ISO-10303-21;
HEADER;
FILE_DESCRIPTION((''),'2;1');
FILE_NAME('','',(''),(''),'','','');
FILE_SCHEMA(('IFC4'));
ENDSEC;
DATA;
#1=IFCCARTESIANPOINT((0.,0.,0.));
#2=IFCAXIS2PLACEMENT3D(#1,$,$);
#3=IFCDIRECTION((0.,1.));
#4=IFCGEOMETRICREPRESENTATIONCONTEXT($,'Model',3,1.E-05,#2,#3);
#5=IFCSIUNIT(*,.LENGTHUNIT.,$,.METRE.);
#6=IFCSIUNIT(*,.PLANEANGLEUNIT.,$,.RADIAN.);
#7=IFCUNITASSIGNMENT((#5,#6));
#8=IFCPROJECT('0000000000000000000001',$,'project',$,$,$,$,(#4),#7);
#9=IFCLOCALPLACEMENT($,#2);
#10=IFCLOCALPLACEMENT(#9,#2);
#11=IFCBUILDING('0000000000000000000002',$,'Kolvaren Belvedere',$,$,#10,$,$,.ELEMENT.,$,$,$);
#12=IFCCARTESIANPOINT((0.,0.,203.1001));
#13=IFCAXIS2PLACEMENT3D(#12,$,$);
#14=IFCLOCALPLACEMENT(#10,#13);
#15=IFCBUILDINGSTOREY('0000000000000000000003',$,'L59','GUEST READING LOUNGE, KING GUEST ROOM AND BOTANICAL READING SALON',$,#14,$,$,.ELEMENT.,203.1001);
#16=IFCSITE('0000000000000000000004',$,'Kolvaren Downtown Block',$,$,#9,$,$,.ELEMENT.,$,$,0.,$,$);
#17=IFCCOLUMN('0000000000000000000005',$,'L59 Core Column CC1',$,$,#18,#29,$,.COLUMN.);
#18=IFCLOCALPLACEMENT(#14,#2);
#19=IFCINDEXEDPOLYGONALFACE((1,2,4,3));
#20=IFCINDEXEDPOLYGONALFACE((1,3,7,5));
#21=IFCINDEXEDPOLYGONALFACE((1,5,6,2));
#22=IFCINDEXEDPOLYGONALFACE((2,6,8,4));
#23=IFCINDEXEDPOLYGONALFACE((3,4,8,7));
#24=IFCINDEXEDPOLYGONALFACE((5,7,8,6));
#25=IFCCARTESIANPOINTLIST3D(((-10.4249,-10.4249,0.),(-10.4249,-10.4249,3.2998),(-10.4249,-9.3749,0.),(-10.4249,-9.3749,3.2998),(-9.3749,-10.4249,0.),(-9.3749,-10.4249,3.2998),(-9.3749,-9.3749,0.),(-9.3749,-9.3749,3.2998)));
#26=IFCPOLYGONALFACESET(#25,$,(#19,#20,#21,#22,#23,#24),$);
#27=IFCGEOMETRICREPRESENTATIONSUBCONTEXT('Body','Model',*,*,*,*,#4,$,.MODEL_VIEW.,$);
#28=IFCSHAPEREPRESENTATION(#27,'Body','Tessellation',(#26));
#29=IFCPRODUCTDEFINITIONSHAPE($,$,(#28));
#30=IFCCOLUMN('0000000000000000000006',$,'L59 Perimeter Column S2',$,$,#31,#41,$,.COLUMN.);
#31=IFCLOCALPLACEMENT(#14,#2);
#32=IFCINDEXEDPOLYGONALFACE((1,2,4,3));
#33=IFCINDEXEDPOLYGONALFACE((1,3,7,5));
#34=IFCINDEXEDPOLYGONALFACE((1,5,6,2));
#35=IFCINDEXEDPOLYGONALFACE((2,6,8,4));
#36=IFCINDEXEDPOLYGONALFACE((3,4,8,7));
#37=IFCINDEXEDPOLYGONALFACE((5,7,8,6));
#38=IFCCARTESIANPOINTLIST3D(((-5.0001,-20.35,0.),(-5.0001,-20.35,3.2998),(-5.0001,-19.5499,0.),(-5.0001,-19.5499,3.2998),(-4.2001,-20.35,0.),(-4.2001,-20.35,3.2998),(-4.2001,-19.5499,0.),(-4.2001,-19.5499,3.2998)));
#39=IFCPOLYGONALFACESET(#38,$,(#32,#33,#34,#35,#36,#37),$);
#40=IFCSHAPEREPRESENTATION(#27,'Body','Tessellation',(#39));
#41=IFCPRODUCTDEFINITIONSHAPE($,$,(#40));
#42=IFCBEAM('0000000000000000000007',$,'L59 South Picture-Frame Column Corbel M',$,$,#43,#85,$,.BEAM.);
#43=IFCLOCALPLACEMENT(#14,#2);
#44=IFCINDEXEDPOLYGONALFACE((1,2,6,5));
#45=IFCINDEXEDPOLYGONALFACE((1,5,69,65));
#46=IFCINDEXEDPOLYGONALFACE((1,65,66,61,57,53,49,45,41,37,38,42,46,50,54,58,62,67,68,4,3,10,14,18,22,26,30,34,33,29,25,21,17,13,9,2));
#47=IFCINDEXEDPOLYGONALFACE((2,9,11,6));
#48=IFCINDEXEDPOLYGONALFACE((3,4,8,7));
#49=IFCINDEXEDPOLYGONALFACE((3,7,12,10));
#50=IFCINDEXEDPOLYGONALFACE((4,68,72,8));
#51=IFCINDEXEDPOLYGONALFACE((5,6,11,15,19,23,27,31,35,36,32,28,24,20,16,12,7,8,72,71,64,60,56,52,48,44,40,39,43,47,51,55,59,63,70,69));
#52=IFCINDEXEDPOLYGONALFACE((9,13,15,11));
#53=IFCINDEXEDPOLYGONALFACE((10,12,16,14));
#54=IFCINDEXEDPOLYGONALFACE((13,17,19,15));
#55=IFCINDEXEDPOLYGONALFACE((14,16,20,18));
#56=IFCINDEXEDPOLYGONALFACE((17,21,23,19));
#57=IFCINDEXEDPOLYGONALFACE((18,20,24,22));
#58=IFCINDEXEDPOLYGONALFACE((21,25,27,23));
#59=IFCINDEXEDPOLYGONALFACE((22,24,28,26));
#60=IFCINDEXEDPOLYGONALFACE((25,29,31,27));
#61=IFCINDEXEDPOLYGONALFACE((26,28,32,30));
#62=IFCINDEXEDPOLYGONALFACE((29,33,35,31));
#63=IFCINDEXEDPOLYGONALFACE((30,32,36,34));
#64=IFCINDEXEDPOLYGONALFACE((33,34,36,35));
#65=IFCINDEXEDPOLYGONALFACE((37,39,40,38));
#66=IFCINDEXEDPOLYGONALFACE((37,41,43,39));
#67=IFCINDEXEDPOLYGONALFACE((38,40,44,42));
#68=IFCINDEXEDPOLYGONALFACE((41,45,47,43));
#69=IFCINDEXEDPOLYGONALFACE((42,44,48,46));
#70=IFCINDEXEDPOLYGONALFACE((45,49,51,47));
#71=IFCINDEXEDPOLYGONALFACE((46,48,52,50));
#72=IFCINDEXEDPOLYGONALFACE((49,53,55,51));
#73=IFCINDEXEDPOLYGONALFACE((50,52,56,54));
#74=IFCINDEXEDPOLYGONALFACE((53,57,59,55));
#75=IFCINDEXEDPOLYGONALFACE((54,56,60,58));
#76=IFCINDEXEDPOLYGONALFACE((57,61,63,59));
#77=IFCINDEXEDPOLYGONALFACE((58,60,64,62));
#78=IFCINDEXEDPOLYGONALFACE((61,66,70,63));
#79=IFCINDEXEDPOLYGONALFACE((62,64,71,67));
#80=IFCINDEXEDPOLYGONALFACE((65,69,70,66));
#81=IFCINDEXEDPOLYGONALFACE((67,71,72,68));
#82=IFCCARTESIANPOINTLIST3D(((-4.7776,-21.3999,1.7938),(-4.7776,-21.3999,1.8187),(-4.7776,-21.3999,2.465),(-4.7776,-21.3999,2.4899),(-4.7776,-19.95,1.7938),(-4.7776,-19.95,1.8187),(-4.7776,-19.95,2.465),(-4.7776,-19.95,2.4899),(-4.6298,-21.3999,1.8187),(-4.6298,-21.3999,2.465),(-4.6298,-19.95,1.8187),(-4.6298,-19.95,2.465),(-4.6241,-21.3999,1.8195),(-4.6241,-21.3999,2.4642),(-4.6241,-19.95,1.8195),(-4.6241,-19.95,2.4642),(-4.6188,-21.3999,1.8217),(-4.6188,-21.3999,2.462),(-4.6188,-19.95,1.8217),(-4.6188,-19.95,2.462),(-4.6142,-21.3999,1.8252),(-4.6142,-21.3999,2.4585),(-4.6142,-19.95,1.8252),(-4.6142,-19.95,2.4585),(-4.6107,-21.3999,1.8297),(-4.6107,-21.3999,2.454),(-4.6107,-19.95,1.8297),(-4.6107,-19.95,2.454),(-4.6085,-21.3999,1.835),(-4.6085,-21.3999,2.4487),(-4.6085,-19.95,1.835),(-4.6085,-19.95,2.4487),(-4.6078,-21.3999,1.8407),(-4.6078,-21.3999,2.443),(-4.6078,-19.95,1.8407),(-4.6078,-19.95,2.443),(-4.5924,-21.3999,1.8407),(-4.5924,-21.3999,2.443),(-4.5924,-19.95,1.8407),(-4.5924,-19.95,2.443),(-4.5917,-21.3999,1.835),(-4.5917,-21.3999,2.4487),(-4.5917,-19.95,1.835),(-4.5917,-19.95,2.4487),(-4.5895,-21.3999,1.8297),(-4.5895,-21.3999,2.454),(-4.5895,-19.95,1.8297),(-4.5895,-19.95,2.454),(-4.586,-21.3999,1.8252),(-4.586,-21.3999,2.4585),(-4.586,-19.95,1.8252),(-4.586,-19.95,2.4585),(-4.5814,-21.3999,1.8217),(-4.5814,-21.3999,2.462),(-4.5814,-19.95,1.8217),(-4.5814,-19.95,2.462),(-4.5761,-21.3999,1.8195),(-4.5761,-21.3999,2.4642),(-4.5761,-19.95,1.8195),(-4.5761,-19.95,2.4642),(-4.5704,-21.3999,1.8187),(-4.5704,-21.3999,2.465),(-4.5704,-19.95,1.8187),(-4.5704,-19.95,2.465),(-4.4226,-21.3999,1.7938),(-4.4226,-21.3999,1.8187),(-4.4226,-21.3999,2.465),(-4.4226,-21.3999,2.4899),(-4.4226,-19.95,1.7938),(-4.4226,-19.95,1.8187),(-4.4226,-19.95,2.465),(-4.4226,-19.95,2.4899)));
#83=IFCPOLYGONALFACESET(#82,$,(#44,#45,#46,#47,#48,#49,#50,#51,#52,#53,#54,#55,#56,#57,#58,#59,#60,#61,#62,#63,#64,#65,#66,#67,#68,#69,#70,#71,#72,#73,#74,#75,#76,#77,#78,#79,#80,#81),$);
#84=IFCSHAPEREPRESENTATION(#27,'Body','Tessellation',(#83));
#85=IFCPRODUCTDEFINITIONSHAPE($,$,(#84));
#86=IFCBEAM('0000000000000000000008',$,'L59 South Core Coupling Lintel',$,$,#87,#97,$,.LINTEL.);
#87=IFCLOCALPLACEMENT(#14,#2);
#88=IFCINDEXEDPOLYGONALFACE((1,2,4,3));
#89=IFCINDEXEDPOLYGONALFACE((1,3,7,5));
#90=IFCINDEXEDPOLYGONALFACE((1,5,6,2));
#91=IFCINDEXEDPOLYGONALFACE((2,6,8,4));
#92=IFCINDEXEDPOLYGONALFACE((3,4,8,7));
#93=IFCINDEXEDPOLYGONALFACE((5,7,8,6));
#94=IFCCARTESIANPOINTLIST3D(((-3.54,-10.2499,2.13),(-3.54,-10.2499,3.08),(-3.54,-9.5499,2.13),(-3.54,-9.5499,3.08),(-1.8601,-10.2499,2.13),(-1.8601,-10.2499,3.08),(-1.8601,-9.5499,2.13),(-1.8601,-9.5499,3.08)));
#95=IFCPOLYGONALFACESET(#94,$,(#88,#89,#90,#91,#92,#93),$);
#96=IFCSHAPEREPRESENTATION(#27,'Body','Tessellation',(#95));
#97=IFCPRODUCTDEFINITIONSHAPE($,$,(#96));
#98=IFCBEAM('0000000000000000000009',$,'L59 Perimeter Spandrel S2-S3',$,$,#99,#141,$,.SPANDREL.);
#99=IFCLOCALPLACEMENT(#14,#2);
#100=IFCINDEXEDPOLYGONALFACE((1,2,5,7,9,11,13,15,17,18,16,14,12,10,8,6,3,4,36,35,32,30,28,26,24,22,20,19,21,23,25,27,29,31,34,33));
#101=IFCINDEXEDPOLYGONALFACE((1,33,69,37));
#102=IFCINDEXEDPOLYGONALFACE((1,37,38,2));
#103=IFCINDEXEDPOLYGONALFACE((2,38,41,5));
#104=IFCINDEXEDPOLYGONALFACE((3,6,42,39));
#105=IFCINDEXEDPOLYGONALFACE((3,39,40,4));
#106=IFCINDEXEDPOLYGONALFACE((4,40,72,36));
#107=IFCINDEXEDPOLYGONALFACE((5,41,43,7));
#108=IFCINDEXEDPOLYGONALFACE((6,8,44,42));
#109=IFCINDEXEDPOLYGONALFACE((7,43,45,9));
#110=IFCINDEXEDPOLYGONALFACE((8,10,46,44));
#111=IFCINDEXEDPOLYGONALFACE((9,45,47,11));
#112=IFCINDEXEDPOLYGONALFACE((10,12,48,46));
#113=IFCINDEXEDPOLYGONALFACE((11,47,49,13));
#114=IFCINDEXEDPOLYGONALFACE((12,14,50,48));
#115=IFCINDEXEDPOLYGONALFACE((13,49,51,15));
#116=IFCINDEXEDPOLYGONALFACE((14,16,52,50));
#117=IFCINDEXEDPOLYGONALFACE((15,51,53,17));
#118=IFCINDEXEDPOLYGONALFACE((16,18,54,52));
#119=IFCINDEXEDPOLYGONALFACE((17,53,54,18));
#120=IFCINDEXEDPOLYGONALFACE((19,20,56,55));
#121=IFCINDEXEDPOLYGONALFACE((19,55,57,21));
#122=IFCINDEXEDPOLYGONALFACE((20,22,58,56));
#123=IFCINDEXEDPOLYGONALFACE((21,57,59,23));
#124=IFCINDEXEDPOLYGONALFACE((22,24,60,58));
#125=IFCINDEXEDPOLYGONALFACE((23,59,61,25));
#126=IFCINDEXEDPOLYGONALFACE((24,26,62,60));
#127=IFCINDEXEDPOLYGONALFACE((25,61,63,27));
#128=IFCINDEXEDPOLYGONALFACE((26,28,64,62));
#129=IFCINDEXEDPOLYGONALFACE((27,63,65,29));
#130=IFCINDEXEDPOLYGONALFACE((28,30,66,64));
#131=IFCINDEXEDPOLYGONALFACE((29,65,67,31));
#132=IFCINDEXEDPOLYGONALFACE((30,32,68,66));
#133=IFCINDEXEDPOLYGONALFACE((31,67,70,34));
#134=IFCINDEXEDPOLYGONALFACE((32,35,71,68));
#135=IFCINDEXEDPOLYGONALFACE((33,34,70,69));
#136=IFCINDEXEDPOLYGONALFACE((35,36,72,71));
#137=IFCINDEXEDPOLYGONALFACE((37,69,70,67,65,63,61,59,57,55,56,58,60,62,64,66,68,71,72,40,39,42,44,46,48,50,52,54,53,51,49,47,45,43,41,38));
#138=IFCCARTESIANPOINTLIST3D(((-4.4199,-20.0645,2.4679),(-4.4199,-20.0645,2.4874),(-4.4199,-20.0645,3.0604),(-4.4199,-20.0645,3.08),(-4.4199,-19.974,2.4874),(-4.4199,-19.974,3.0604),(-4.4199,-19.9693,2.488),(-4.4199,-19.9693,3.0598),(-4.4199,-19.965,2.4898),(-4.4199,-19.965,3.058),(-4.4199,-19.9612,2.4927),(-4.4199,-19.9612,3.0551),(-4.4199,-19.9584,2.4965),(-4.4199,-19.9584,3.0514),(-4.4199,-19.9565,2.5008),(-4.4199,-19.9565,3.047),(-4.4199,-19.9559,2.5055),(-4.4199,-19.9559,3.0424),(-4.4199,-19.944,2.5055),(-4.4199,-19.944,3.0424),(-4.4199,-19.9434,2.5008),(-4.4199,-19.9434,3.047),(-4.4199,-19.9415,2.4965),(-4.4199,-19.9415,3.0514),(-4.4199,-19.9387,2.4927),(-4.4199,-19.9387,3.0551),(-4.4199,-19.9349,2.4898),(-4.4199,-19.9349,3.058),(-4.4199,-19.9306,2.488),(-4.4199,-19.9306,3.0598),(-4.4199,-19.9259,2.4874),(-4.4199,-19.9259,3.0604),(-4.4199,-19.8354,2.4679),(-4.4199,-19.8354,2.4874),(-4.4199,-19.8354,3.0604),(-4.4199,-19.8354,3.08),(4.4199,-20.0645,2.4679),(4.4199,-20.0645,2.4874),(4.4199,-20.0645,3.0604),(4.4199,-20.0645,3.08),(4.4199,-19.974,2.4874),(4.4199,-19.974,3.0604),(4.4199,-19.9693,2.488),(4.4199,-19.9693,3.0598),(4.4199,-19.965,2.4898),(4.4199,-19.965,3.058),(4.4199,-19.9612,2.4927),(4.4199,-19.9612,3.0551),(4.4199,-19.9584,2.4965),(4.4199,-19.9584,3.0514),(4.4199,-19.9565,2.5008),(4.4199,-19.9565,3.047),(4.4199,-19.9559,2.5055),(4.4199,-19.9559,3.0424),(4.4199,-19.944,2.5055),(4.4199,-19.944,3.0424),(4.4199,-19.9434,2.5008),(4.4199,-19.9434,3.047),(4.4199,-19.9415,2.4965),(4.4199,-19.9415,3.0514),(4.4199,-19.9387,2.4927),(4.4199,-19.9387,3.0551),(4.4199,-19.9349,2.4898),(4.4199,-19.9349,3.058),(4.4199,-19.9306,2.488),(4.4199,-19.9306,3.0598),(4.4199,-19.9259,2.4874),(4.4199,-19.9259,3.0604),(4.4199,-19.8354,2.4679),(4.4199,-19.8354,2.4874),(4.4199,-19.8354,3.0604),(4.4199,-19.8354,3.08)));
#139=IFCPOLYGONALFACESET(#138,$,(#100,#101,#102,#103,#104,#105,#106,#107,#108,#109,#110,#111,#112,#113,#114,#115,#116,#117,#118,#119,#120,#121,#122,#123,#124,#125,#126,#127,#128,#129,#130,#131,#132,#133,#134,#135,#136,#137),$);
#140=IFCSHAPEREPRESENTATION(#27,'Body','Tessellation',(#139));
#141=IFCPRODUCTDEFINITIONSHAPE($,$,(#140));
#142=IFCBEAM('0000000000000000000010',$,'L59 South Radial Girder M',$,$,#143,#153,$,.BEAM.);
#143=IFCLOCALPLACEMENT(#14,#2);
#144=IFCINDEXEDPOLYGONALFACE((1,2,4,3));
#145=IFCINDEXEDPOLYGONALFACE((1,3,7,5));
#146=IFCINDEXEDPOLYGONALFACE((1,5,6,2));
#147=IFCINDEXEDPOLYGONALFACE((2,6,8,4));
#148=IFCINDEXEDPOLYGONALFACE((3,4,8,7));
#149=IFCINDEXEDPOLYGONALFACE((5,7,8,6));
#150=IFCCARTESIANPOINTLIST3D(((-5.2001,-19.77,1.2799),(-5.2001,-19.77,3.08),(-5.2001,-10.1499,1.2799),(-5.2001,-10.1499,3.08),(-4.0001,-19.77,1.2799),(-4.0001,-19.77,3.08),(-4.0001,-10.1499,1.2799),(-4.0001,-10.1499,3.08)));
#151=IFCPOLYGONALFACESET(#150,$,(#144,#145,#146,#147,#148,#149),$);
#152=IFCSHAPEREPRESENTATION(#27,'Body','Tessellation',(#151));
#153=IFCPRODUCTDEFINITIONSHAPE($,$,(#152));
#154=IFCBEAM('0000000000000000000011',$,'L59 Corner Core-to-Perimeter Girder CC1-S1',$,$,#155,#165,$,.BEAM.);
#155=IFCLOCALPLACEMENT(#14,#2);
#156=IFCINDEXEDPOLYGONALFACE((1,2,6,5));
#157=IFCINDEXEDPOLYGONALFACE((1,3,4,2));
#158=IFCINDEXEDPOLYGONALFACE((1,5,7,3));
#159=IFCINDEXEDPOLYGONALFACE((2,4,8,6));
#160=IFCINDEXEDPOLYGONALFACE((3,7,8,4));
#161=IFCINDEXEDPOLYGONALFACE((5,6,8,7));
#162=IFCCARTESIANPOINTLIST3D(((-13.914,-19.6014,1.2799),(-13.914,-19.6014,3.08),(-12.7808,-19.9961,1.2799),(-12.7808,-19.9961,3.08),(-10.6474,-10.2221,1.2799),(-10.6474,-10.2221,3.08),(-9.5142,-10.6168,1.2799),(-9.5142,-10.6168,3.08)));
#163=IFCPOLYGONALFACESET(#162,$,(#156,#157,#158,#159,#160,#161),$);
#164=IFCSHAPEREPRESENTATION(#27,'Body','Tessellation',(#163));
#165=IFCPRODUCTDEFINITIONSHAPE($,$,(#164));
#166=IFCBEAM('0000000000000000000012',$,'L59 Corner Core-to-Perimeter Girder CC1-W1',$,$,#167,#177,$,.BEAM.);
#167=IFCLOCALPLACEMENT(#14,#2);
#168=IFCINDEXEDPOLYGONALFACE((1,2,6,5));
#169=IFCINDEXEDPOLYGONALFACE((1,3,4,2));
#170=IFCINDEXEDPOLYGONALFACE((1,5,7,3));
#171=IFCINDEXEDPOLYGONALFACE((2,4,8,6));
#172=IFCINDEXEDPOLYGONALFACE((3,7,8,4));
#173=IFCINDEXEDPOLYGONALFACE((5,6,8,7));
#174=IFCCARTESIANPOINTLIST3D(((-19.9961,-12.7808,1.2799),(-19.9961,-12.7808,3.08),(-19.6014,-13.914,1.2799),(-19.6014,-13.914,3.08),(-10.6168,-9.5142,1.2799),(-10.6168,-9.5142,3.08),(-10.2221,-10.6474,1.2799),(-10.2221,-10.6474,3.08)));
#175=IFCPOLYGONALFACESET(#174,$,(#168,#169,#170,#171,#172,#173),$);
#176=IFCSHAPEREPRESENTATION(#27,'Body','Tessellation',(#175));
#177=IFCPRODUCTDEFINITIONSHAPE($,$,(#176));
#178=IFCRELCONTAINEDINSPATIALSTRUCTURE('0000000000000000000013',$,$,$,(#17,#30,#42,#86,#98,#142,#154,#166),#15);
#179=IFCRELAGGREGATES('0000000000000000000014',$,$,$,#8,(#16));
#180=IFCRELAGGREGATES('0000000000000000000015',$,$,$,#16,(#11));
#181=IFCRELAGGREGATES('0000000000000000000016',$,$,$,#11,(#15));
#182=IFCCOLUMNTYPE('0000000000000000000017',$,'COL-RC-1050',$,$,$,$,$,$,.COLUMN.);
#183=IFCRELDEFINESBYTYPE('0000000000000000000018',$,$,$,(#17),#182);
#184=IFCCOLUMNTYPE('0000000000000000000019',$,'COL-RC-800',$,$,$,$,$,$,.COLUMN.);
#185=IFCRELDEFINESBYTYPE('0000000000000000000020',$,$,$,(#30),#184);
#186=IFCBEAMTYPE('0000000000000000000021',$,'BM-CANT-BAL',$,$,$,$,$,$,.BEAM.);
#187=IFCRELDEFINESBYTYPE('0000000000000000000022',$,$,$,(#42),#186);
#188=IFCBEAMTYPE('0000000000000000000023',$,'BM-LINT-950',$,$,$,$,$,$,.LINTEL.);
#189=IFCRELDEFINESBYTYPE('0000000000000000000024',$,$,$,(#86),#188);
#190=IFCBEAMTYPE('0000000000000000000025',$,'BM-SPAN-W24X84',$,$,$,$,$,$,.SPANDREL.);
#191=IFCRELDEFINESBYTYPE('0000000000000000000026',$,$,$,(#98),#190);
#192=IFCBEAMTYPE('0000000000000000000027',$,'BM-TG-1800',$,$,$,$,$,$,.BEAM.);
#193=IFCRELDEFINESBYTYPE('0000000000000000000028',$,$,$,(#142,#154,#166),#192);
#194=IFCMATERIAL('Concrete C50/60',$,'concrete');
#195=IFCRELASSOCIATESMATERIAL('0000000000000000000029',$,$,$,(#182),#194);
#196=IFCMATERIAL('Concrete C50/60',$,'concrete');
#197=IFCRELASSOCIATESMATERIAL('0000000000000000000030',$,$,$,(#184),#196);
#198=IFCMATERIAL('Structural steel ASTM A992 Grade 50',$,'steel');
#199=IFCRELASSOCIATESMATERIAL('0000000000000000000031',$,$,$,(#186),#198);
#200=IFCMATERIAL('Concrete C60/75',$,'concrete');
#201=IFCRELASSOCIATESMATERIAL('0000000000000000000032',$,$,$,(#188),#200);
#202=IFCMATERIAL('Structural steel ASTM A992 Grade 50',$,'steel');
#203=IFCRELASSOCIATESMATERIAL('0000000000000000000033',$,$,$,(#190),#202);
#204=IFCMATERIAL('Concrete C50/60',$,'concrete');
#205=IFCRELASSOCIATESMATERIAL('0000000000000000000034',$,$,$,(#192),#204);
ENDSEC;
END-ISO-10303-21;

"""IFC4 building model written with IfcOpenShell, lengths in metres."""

from ifc_helpers import new_model, si_unit, direction, frame, origin, origin_2d, place, context, subcontext, project, spatial, rectangle, i_section, extrude, material, material_profile, profile_set, type_object, element, save


model = new_model("IFC4")

# Units and contexts
model_context = context("Model", 3, precision=1e-05, world=origin(), true_north=direction((0.0, 1.0)))
body_context = subcontext(model_context, "Body", "Model", "MODEL_VIEW")
ifc_project = project(units=[si_unit("LENGTHUNIT", "METRE"), si_unit("PLANEANGLEUNIT", "RADIAN")], contexts=[model_context])

# Site, building, storey
site_placement = place(None, origin())
site = spatial("IfcSite", under=ifc_project, at=site_placement, Name="Kolvaren Downtown Block", CompositionType="ELEMENT", RefElevation=0.0)
building_placement = place(site_placement, origin())
building = spatial("IfcBuilding", under=site, at=building_placement, Name="Kolvaren Belvedere", CompositionType="ELEMENT")
storey_placement = place(building_placement, frame((0.0, 0.0, 203.1001)))
storey = spatial("IfcBuildingStorey", under=building, at=storey_placement, Name="L59", Description="GUEST READING LOUNGE, KING GUEST ROOM AND BOTANICAL READING SALON", CompositionType="ELEMENT", Elevation=203.1001)

# Columns
ifc_material_1 = material(Name="Concrete C50/60", Category="concrete")
ifc_material_profile_1 = material_profile(ifc_material_1, rectangle(XDim=1.05, YDim=1.05, at=origin_2d()), Name="RC 1050X1050")
ifc_profile_set_1 = profile_set([ifc_material_profile_1], Name="Concrete C50/60")
column_type_1 = type_object("IfcColumnType", Name="COL-RC-1050", PredefinedType="COLUMN", material=ifc_profile_set_1)
column_1_placement = place(storey_placement, frame((-9.8999, -9.8999, 0.0), z_axis=(0.0, 0.0, 1.0), x_axis=(1.0, 0.0, 0.0)))
element("IfcColumn", 1, at=column_1_placement, inside=storey, type_object=column_type_1, Name="L59 Core Column CC1", PredefinedType="COLUMN", context=body_context, shape_type="SweptSolid", body=[
    extrude(rectangle(XDim=1.05, YDim=1.05, at=origin_2d()), origin(), (0.0, 0.0, 1.0), 3.2998),
])
ifc_material_2 = material(Name="Concrete C50/60", Category="concrete")
ifc_material_profile_2 = material_profile(ifc_material_2, rectangle(XDim=0.8, YDim=0.8, at=origin_2d()), Name="RC 800X800")
ifc_profile_set_2 = profile_set([ifc_material_profile_2], Name="Concrete C50/60")
column_type_2 = type_object("IfcColumnType", Name="COL-RC-800", PredefinedType="COLUMN", material=ifc_profile_set_2)
column_2_placement = place(storey_placement, frame((-4.6001, -19.95, 0.0), z_axis=(0.0, 0.0, 1.0), x_axis=(1.0, 0.0, 0.0)))
element("IfcColumn", 2, at=column_2_placement, inside=storey, type_object=column_type_2, Name="L59 Perimeter Column S2", PredefinedType="COLUMN", context=body_context, shape_type="SweptSolid", body=[
    extrude(rectangle(XDim=0.8, YDim=0.8, at=origin_2d()), origin(), (0.0, 0.0, 1.0), 3.2998),
])

# Beams
ifc_material_3 = material(Name="Structural steel ASTM A992 Grade 50", Category="steel")
ifc_material_profile_3 = material_profile(ifc_material_3, i_section(OverallWidth=0.355, OverallDepth=0.696, WebThickness=0.0154, FlangeThickness=0.0249, FilletRadius=0.022, at=origin_2d()), Name="W27X146")
ifc_profile_set_3 = profile_set([ifc_material_profile_3], Name="Structural steel ASTM A992 Grade 50")
beam_type_1 = type_object("IfcBeamType", Name="BM-CANT-BAL", PredefinedType="BEAM", material=ifc_profile_set_3)
beam_1_placement = place(storey_placement, frame((-4.6001, -19.95, 2.1418), z_axis=(0.0, -1.0, 0.0), x_axis=(1.0, 0.0, 0.0)))
element("IfcBeam", 3, at=beam_1_placement, inside=storey, type_object=beam_type_1, Name="L59 South Picture-Frame Column Corbel M", PredefinedType="BEAM", context=body_context, shape_type="SweptSolid", body=[
    extrude(i_section(OverallWidth=0.355, OverallDepth=0.696, WebThickness=0.0154, FlangeThickness=0.0249, FilletRadius=0.022, at=origin_2d()), origin(), (0.0, 0.0, 1.0), 1.45),
])
ifc_material_4 = material(Name="Concrete C60/75", Category="concrete")
ifc_material_profile_4 = material_profile(ifc_material_4, rectangle(XDim=0.7, YDim=0.95, at=origin_2d()), Name="RC 700X950")
ifc_profile_set_4 = profile_set([ifc_material_profile_4], Name="Concrete C60/75")
beam_type_2 = type_object("IfcBeamType", Name="BM-LINT-950", PredefinedType="LINTEL", material=ifc_profile_set_4)
beam_2_placement = place(storey_placement, frame((-3.54, -9.8999, 2.605), z_axis=(1.0, 0.0, 0.0), x_axis=(0.0, 1.0, 0.0)))
element("IfcBeam", 4, at=beam_2_placement, inside=storey, type_object=beam_type_2, Name="L59 South Core Coupling Lintel", PredefinedType="LINTEL", context=body_context, shape_type="SweptSolid", body=[
    extrude(rectangle(XDim=0.7, YDim=0.95, at=origin_2d()), origin(), (0.0, 0.0, 1.0), 1.6799),
])
ifc_material_5 = material(Name="Structural steel ASTM A992 Grade 50", Category="steel")
ifc_material_profile_5 = material_profile(ifc_material_5, i_section(OverallWidth=0.229, OverallDepth=0.6121, WebThickness=0.012, FlangeThickness=0.0195, FilletRadius=0.0181, at=origin_2d()), Name="W24X84")
ifc_profile_set_5 = profile_set([ifc_material_profile_5], Name="Structural steel ASTM A992 Grade 50")
beam_type_3 = type_object("IfcBeamType", Name="BM-SPAN-W24X84", PredefinedType="SPANDREL", material=ifc_profile_set_5)
beam_3_placement = place(storey_placement, frame((-4.4199, -19.95, 2.7739), z_axis=(1.0, 0.0, 0.0), x_axis=(0.0, 1.0, 0.0)))
element("IfcBeam", 5, at=beam_3_placement, inside=storey, type_object=beam_type_3, Name="L59 Perimeter Spandrel S2-S3", PredefinedType="SPANDREL", context=body_context, shape_type="SweptSolid", body=[
    extrude(i_section(OverallWidth=0.229, OverallDepth=0.6121, WebThickness=0.012, FlangeThickness=0.0195, FilletRadius=0.0181, at=origin_2d()), origin(), (0.0, 0.0, 1.0), 8.8398),
])
ifc_material_6 = material(Name="Concrete C50/60", Category="concrete")
ifc_material_profile_6 = material_profile(ifc_material_6, rectangle(XDim=1.2, YDim=1.8, at=origin_2d()), Name="RC 1200X1800")
ifc_profile_set_6 = profile_set([ifc_material_profile_6], Name="Concrete C50/60")
beam_type_4 = type_object("IfcBeamType", Name="BM-TG-1800", PredefinedType="BEAM", material=ifc_profile_set_6)
beam_4_placement = place(storey_placement, frame((-4.6001, -10.1499, 2.1799), z_axis=(0.0, -1.0, 0.0), x_axis=(1.0, 0.0, 0.0)))
element("IfcBeam", 6, at=beam_4_placement, inside=storey, type_object=beam_type_4, Name="L59 South Radial Girder M", PredefinedType="BEAM", context=body_context, shape_type="SweptSolid", body=[
    extrude(rectangle(XDim=1.2, YDim=1.8, at=origin_2d()), origin(), (0.0, 0.0, 1.0), 9.6201),
])
for number, where, z_axis, x_axis, name in (
    (7, (-10.0808, -10.4194, 2.1799), (-0.328898, -0.944365, 0.0), (0.944365, -0.328898, 0.0), "L59 Corner Core-to-Perimeter Girder CC1-S1"),
    (8, (-10.4194, -10.0808, 2.1799), (-0.944365, -0.328898, 0.0), (0.328898, -0.944365, 0.0), "L59 Corner Core-to-Perimeter Girder CC1-W1"),
):
    element("IfcBeam", number, at=place(storey_placement, frame(where, z_axis=z_axis, x_axis=x_axis)), inside=storey, type_object=beam_type_4, Name=name, PredefinedType="BEAM", context=body_context, shape_type="SweptSolid", body=[
        extrude(rectangle(XDim=1.2, YDim=1.8, at=origin_2d()), origin(), (0.0, 0.0, 1.0), 9.9319),
    ])

save(model, "model.ifc")
